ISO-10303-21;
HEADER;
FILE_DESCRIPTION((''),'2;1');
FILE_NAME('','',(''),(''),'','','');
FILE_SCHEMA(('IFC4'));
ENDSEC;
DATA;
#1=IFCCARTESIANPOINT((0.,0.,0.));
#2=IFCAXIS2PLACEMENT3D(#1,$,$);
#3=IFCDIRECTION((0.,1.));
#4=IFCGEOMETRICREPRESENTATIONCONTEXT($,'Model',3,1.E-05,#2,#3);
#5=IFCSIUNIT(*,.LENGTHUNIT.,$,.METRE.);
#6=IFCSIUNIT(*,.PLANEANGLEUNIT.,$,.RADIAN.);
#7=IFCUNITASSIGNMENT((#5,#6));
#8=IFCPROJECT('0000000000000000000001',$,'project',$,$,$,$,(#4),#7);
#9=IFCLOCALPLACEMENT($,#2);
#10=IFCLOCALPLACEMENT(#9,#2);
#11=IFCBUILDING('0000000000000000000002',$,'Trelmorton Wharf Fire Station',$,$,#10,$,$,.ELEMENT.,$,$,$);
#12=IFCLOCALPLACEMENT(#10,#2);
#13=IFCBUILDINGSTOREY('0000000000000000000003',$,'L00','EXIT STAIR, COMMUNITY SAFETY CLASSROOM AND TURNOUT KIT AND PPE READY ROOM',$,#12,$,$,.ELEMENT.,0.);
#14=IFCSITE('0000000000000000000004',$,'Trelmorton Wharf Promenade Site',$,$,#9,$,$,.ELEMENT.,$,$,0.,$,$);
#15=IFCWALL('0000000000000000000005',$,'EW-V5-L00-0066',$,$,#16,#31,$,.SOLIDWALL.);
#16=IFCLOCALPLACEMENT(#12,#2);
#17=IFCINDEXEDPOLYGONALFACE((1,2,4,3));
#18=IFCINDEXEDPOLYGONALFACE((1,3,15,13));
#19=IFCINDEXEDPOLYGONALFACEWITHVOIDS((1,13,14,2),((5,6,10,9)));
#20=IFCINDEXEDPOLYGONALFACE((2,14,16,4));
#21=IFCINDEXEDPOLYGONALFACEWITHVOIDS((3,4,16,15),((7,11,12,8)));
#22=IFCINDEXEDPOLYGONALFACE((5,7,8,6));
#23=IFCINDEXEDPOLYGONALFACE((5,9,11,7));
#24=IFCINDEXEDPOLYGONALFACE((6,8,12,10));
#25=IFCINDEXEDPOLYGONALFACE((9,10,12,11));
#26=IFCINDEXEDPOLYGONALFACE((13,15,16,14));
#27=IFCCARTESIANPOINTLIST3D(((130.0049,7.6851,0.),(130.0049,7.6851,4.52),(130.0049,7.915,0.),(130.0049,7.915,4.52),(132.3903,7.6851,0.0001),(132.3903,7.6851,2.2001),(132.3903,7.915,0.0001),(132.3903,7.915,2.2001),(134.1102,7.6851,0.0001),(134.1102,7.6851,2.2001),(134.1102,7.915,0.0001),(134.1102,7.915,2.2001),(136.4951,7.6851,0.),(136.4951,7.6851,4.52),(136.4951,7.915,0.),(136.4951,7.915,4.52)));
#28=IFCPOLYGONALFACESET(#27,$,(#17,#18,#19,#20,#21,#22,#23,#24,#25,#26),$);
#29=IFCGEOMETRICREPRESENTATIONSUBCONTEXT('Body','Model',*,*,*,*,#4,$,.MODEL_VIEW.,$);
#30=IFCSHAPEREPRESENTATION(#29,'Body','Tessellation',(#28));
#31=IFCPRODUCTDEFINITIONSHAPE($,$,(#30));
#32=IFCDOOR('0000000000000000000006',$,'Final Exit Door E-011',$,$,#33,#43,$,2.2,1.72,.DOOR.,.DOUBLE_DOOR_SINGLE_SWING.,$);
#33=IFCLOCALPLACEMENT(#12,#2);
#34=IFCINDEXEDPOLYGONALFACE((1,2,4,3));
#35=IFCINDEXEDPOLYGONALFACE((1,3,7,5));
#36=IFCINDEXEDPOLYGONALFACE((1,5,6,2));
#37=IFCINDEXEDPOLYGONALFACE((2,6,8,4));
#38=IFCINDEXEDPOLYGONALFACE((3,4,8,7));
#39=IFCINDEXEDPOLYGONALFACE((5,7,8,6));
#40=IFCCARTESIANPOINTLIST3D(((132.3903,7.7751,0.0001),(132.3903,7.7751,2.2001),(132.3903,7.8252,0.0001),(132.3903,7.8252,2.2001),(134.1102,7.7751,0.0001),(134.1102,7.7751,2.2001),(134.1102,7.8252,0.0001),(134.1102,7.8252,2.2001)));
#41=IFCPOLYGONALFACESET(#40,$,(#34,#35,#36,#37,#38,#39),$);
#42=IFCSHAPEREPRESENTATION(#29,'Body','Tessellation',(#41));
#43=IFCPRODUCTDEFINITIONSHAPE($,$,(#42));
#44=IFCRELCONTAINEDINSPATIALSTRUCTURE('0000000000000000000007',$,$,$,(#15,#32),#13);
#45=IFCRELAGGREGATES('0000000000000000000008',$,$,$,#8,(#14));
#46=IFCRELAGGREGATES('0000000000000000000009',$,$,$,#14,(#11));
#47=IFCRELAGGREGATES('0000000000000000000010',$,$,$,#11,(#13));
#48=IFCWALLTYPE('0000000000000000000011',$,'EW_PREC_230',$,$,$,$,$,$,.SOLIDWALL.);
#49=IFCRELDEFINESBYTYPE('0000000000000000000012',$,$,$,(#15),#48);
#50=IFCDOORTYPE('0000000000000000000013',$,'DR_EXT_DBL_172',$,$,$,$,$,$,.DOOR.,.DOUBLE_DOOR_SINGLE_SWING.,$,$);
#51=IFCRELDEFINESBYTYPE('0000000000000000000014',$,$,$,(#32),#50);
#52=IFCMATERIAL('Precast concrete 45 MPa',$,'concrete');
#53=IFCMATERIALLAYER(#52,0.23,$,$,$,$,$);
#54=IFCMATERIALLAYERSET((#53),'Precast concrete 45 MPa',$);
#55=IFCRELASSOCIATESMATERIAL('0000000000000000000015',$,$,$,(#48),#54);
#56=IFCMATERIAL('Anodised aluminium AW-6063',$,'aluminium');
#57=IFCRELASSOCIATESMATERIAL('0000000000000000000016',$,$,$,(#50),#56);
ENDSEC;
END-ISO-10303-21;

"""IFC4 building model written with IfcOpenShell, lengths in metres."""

from ifc_helpers import new_model, si_unit, direction, frame, frame_2d, origin, place, context, subcontext, project, spatial, rectangle, extrude, material, layer, layer_set, type_object, element, fill, save


model = new_model("IFC4")

# Units and contexts
model_context = context("Model", 3, precision=1e-05, world=origin(), true_north=direction((0.0, 1.0)))
body_context = subcontext(model_context, "Body", "Model", "MODEL_VIEW")
ifc_project = project(units=[si_unit("LENGTHUNIT", "METRE"), si_unit("PLANEANGLEUNIT", "RADIAN")], contexts=[model_context])

# Site, building, storey
site_placement = place(None, origin())
site = spatial("IfcSite", under=ifc_project, at=site_placement, Name="Trelmorton Wharf Promenade Site", CompositionType="ELEMENT", RefElevation=0.0)
building_placement = place(site_placement, origin())
building = spatial("IfcBuilding", under=site, at=building_placement, Name="Trelmorton Wharf Fire Station", CompositionType="ELEMENT")
storey_placement = place(building_placement, origin())
storey = spatial("IfcBuildingStorey", under=building, at=storey_placement, Name="L00", Description="EXIT STAIR, COMMUNITY SAFETY CLASSROOM AND TURNOUT KIT AND PPE READY ROOM", CompositionType="ELEMENT", Elevation=0.0)

# Shared definitions
ifc_material_1 = material(Name="Anodised aluminium AW-6063", Category="aluminium")

# Wall, opening, door
ifc_material_2 = material(Name="Precast concrete 45 MPa", Category="concrete")
ifc_layer_1 = layer(ifc_material_2, 0.23)
ifc_layer_set_1 = layer_set([ifc_layer_1], Name="Precast concrete 45 MPa")
wall_type = type_object("IfcWallType", Name="EW_PREC_230", PredefinedType="SOLIDWALL", material=ifc_layer_set_1)
wall_placement = place(storey_placement, frame((136.4951, 7.8, 0.0), z_axis=(0.0, 0.0, 1.0), x_axis=(-1.0, 0.0, 0.0)))
wall = element("IfcWall", 1, at=wall_placement, inside=storey, type_object=wall_type, Name="EW-V5-L00-0066", PredefinedType="SOLIDWALL", context=body_context, shape_type="SweptSolid", body=[
    extrude(rectangle(XDim=6.4902, YDim=0.23, at=frame_2d((3.2451, 0.0))), origin(), (0.0, 0.0, 1.0), 4.52),
])
opening_placement = place(wall_placement, frame((2.385, 0.0, 0.0)))
opening = element("IfcOpeningElement", 2, at=opening_placement, cuts=wall, PredefinedType="OPENING", context=body_context, shape_type="SweptSolid", body=[
    extrude(rectangle(XDim=1.72, YDim=2.2, at=frame_2d((0.8599, 1.1001))), frame((0.0, 0.125, 0.0), z_axis=(0.0, -1.0, 0.0), x_axis=(1.0, 0.0, 0.0)), (0.0, 0.0, 1.0), 0.25),
])
door_type = type_object("IfcDoorType", Name="DR_EXT_DBL_172", OperationType="DOUBLE_DOOR_SINGLE_SWING", PredefinedType="DOOR", material=ifc_material_1)
door_placement = place(opening_placement, origin())
door = element("IfcDoor", 3, at=door_placement, inside=storey, type_object=door_type, Name="Final Exit Door E-011", OperationType="DOUBLE_DOOR_SINGLE_SWING", OverallHeight=2.2, OverallWidth=1.72, PredefinedType="DOOR", context=body_context, shape_type="SweptSolid", body=[
    extrude(rectangle(XDim=1.72, YDim=2.2, at=frame_2d((0.8599, 1.1001))), frame((0.0, 0.0249, 0.0), z_axis=(0.0, -1.0, 0.0), x_axis=(1.0, 0.0, 0.0)), (0.0, 0.0, 1.0), 0.05),
])
fill(opening, door)

save(model, "model.ifc")
